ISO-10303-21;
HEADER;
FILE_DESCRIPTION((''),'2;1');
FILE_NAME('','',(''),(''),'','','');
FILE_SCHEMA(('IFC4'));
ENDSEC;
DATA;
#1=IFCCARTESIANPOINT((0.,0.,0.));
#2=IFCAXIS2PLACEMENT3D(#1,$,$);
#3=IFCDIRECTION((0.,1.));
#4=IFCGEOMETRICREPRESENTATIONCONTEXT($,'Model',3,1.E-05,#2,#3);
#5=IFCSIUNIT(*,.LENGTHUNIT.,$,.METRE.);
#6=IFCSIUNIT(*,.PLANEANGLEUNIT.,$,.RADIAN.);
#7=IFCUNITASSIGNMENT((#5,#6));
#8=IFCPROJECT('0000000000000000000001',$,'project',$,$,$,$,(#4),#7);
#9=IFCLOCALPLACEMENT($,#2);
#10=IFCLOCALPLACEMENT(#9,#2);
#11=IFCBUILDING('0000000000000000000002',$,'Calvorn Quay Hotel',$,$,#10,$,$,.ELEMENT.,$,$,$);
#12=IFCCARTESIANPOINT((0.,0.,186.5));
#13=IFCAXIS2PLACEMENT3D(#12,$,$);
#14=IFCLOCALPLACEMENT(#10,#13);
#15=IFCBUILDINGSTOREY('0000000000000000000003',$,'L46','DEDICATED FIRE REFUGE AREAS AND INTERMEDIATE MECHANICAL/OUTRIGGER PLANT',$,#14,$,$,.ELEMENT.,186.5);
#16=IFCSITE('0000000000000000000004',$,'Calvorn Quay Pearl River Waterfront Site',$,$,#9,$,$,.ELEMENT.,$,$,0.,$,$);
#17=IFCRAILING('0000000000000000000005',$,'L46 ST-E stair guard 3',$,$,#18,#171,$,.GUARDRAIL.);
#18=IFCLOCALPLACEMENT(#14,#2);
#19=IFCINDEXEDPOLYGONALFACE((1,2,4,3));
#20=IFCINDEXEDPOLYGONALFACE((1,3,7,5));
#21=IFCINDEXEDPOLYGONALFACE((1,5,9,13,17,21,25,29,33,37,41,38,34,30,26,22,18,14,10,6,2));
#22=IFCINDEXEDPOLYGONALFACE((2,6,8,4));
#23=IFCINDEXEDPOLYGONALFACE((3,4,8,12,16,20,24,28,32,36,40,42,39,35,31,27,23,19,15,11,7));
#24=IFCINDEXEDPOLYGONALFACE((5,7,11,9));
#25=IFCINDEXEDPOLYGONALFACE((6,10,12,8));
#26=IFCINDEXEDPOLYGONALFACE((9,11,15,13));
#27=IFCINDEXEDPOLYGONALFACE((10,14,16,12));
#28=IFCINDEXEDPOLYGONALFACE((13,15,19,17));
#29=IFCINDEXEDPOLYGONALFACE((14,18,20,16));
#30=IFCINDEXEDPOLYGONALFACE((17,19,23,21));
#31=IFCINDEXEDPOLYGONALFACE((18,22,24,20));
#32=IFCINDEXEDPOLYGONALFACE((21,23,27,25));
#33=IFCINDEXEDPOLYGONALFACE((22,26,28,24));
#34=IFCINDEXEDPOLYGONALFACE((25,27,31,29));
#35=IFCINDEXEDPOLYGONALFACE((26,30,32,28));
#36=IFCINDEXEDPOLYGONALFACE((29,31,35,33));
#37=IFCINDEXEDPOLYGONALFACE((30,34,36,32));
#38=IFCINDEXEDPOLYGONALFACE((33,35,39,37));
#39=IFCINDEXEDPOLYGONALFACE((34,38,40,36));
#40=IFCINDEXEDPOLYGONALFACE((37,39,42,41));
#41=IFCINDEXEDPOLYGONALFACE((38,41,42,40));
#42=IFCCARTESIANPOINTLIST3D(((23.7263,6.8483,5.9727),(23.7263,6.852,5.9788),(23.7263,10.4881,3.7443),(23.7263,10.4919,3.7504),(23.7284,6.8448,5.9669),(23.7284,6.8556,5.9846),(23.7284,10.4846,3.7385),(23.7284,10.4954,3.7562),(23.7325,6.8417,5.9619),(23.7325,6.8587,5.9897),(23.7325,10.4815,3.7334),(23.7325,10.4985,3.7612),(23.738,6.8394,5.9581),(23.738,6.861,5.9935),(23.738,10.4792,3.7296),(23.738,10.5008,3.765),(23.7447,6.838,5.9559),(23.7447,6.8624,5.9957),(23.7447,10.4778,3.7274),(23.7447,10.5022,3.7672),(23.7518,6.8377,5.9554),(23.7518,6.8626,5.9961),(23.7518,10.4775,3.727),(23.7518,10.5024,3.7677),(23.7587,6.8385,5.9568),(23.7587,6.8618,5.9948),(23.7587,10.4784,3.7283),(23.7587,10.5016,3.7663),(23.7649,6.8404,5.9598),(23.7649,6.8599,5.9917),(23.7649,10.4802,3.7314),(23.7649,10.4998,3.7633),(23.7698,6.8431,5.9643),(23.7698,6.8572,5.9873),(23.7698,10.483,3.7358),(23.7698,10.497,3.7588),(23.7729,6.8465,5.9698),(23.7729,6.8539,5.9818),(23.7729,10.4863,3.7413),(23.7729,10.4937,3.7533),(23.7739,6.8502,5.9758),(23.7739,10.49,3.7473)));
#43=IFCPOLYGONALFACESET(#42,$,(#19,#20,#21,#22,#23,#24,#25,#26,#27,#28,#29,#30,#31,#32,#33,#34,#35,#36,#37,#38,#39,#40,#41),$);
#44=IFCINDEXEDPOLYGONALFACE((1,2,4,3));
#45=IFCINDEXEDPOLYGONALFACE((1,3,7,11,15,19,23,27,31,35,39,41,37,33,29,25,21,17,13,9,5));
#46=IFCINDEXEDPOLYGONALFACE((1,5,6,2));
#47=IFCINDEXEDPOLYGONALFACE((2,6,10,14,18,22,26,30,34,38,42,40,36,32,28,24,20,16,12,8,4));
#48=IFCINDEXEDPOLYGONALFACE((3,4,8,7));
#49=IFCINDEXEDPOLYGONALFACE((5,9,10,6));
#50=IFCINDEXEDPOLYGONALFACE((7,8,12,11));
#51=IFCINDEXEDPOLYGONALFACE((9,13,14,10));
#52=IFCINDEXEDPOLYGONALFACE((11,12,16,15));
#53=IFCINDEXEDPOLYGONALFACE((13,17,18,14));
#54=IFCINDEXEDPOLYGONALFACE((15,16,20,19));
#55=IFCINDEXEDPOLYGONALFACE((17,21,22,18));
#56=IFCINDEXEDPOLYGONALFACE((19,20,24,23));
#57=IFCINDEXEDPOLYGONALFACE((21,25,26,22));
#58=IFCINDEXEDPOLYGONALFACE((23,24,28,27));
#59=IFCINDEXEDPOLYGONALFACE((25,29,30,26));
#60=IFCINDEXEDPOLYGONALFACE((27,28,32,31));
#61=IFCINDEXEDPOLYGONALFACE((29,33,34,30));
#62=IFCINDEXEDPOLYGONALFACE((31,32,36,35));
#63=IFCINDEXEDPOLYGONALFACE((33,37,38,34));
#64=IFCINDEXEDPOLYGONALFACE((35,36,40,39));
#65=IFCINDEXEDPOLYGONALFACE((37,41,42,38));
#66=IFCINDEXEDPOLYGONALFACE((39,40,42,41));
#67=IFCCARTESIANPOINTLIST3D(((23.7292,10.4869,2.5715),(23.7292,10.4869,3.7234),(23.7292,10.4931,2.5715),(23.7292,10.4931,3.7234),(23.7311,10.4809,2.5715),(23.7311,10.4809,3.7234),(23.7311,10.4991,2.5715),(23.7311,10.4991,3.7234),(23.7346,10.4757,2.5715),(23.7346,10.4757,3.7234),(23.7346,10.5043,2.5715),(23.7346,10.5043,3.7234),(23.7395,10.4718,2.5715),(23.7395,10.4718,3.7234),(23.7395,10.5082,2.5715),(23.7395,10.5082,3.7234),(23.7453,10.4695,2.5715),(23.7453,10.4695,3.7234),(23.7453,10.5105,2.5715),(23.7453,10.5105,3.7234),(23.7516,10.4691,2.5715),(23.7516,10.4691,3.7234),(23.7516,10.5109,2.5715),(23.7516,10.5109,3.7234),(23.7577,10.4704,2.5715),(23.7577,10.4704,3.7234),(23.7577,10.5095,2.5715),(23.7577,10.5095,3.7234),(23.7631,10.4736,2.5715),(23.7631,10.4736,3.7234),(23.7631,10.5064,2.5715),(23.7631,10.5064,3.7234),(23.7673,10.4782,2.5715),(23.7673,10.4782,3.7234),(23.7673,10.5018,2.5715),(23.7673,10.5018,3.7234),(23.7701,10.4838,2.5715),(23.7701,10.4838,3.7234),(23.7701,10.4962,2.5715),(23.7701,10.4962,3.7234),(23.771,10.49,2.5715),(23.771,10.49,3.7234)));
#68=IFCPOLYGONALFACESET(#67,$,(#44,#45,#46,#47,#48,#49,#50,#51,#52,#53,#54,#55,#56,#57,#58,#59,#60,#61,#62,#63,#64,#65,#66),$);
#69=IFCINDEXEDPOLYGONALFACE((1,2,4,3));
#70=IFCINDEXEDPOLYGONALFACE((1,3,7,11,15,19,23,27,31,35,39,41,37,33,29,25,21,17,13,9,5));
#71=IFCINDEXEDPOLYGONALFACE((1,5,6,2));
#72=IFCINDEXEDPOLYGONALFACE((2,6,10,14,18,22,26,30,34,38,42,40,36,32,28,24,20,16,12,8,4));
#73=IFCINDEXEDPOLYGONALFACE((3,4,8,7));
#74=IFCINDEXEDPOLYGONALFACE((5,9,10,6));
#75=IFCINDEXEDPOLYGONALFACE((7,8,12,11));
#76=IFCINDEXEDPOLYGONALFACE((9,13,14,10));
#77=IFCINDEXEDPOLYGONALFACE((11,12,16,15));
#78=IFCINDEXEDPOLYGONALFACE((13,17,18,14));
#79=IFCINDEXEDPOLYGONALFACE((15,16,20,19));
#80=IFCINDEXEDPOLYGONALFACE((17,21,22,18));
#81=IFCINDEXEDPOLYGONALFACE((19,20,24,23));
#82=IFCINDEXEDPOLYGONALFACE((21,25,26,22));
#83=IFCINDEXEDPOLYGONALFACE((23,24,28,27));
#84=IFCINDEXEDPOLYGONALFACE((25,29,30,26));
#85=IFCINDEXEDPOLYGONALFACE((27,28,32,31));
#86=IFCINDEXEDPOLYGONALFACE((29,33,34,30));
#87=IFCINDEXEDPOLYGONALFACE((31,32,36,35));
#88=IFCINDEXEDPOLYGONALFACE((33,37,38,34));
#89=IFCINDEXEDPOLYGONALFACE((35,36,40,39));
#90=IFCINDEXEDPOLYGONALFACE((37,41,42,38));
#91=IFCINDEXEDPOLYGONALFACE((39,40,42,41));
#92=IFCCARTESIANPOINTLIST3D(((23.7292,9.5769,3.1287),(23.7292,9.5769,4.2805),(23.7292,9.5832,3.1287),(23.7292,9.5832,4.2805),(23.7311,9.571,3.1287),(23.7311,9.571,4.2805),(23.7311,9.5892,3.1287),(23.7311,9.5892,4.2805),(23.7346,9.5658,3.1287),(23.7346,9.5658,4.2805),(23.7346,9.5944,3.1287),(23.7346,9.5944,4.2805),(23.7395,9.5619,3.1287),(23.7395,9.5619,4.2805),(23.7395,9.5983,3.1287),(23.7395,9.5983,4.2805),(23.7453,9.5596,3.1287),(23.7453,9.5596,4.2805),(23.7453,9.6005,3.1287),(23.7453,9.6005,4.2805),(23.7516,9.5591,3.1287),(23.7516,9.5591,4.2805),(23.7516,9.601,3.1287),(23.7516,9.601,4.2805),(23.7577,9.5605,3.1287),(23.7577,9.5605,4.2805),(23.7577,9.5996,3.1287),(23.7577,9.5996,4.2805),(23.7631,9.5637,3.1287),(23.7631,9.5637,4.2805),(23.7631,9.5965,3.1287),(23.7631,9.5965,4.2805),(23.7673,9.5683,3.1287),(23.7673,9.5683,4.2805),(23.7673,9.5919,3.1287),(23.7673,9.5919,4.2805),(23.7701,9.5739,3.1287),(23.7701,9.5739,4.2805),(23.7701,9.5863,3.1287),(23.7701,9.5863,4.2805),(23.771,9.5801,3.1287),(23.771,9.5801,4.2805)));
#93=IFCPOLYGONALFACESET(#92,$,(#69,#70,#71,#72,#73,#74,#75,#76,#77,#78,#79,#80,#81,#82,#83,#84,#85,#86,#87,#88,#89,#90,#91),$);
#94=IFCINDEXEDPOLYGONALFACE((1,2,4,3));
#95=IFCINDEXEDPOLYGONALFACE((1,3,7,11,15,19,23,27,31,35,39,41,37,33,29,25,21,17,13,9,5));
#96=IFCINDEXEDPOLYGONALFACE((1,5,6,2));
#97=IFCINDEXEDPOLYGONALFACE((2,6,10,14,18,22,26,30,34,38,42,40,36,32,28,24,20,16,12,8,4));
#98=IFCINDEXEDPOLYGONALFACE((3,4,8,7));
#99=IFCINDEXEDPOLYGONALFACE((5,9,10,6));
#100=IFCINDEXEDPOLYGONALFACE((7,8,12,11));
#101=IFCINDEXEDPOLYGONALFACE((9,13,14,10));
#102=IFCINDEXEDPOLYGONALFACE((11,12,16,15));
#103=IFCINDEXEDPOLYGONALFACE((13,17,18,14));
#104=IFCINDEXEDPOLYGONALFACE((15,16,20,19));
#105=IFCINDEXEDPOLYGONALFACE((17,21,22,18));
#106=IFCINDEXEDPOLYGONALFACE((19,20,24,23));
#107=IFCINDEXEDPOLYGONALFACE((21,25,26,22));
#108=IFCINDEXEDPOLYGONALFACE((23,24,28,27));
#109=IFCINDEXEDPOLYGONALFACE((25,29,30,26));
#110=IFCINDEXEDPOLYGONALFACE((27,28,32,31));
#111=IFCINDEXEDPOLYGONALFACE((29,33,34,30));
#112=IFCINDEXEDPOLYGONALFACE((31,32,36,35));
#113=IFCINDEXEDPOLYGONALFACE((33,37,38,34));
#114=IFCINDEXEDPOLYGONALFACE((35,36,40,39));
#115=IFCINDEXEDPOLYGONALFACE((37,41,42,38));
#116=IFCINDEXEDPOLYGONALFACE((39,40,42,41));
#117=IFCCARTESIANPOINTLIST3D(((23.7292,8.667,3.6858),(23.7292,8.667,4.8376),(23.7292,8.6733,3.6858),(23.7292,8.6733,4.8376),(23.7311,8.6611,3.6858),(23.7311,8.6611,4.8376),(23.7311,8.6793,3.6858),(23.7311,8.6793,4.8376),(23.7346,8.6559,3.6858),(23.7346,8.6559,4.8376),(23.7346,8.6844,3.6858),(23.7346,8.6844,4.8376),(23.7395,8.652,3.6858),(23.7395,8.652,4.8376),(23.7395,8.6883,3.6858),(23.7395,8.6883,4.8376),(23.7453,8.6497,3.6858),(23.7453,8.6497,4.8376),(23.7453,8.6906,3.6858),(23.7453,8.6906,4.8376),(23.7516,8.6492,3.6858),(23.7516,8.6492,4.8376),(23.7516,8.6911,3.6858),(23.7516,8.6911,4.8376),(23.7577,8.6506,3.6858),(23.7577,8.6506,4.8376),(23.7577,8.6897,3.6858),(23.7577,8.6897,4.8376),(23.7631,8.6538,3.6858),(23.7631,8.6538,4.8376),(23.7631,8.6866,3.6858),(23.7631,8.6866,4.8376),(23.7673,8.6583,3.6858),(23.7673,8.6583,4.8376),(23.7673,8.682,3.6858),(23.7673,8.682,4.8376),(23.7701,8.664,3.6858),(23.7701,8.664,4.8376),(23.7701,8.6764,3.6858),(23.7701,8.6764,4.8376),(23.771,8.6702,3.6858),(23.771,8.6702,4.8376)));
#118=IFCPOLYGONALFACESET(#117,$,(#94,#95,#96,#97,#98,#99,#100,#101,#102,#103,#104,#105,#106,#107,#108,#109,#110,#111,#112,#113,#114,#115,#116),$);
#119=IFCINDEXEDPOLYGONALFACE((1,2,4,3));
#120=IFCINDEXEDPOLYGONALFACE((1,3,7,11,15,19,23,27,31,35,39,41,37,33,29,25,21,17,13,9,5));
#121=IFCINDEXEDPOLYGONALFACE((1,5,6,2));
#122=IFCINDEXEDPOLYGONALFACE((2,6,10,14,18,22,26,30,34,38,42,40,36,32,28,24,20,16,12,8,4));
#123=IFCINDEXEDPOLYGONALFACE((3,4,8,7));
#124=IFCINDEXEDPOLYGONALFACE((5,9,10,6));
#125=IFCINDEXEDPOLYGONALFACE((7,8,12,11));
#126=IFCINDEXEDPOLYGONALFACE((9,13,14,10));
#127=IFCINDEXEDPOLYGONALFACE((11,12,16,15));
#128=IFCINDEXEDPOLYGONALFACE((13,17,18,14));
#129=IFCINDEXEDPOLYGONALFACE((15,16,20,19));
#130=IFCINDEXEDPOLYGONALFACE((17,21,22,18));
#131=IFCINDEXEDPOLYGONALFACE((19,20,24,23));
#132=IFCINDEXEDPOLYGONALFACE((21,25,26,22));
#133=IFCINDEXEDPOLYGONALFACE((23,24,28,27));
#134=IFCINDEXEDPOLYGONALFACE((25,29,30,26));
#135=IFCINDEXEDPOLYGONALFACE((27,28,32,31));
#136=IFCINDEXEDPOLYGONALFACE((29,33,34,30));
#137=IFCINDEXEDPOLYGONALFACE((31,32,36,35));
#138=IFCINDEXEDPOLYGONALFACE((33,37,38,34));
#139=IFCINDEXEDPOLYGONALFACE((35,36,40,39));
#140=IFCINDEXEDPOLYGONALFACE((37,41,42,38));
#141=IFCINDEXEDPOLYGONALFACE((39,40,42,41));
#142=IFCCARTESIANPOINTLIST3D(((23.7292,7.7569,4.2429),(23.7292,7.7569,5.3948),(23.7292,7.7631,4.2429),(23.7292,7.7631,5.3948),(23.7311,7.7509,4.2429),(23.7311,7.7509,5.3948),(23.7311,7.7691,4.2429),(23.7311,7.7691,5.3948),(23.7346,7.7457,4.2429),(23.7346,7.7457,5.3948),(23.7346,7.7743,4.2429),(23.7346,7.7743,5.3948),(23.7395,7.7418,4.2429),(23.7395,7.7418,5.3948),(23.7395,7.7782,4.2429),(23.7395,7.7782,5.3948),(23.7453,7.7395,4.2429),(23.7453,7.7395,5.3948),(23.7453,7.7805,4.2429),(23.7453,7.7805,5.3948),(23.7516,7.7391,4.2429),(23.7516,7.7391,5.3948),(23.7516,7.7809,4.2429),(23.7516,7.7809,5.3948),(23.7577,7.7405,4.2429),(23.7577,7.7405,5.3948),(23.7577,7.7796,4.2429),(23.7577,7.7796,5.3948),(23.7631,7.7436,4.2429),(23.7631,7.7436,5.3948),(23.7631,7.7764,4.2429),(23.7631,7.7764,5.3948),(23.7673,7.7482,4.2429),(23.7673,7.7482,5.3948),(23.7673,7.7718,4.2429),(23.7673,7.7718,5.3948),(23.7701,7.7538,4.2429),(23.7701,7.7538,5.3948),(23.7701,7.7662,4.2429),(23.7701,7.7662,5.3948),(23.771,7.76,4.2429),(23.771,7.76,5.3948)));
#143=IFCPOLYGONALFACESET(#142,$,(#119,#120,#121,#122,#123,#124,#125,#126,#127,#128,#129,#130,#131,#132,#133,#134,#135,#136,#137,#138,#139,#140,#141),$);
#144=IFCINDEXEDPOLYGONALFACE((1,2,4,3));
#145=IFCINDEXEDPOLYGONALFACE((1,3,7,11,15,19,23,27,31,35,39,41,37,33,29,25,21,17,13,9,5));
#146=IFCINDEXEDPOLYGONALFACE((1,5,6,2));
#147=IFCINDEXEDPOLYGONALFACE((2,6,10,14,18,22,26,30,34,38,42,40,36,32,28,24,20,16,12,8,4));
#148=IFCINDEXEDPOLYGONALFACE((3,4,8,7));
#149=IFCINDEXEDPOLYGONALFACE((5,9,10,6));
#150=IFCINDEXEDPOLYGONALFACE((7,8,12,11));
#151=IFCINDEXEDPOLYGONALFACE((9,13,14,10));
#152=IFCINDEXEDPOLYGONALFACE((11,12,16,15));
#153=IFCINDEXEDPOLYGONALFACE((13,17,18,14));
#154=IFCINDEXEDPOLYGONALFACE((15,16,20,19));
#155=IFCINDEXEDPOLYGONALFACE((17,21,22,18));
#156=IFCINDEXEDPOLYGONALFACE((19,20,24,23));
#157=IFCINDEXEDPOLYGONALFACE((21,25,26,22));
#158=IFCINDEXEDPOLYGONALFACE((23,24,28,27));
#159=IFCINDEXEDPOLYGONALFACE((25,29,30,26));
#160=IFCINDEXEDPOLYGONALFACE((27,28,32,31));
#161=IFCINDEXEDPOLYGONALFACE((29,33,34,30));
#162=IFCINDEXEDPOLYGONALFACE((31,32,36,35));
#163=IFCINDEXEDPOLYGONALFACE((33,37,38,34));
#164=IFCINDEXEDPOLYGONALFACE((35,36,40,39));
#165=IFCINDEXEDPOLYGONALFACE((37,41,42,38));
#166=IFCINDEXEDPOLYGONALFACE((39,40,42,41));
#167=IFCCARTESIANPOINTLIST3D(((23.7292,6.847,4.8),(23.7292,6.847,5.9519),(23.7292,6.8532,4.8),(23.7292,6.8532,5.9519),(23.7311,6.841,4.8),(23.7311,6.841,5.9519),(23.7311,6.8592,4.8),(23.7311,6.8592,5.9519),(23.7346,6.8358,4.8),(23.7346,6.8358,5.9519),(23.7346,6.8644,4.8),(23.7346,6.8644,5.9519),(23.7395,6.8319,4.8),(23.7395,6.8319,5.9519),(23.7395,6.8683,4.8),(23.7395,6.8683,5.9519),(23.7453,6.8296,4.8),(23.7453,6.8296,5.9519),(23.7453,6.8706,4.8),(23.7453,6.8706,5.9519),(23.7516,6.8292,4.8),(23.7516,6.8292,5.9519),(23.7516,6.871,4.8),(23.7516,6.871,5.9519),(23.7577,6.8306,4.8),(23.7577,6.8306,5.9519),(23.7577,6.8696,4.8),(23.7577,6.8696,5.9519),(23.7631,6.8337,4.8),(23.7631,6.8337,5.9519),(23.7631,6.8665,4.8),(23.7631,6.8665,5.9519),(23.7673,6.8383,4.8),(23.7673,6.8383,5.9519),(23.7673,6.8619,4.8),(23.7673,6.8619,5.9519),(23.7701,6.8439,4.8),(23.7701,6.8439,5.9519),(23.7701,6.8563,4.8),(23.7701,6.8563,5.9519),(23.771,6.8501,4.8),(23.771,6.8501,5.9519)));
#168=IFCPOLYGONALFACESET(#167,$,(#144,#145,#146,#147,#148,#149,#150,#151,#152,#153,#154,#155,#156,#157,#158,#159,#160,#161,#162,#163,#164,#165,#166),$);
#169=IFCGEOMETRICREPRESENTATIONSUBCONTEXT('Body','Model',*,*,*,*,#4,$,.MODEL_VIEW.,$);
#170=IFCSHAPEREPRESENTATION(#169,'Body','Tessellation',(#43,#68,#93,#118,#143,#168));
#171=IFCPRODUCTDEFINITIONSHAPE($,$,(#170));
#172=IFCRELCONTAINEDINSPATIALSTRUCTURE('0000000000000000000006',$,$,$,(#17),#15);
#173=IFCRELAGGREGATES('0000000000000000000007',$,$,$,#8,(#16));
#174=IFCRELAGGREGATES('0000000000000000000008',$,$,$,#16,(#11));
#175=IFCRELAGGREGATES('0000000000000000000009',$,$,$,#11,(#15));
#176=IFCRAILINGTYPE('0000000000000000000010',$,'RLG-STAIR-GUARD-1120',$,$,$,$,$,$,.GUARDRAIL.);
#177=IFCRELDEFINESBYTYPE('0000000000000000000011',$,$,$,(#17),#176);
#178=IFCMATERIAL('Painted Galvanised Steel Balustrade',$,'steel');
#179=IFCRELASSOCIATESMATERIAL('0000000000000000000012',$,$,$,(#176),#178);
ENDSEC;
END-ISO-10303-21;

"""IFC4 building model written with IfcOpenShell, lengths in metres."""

from ifc_helpers import new_model, si_unit, direction, frame, origin, origin_2d, place, context, subcontext, project, spatial, circle, extrude, material, type_object, element, save


model = new_model("IFC4")

# Units and contexts
model_context = context("Model", 3, precision=1e-05, world=origin(), true_north=direction((0.0, 1.0)))
body_context = subcontext(model_context, "Body", "Model", "MODEL_VIEW")
ifc_project = project(units=[si_unit("LENGTHUNIT", "METRE"), si_unit("PLANEANGLEUNIT", "RADIAN")], contexts=[model_context])

# Site, building, storey
site_placement = place(None, origin())
site = spatial("IfcSite", under=ifc_project, at=site_placement, Name="Calvorn Quay Pearl River Waterfront Site", CompositionType="ELEMENT", RefElevation=0.0)
building_placement = place(site_placement, origin())
building = spatial("IfcBuilding", under=site, at=building_placement, Name="Calvorn Quay Hotel", CompositionType="ELEMENT")
storey_placement = place(building_placement, frame((0.0, 0.0, 186.5)))
storey = spatial("IfcBuildingStorey", under=building, at=storey_placement, Name="L46", Description="DEDICATED FIRE REFUGE AREAS AND INTERMEDIATE MECHANICAL/OUTRIGGER PLANT", CompositionType="ELEMENT", Elevation=186.5)

# Railing
ifc_material_1 = material(Name="Painted Galvanised Steel Balustrade", Category="steel")
railing_type_1 = type_object("IfcRailingType", Name="RLG-STAIR-GUARD-1120", PredefinedType="GUARDRAIL", material=ifc_material_1)
railing_1_placement = place(storey_placement, frame((23.75, 10.49, 2.5715)))
element("IfcRailing", 1, at=railing_1_placement, inside=storey, type_object=railing_type_1, Name="L46 ST-E stair guard 3", PredefinedType="GUARDRAIL", context=body_context, shape_type="SweptSolid", body=[
    extrude(circle(Radius=0.0239, at=origin_2d()), frame((0.0, 0.0, 1.1758), z_axis=(0.0, -0.85285, 0.522156), x_axis=(1.0, 0.0, 0.0)), (0.0, 0.0, 1.0), 4.2678),
    extrude(circle(Radius=0.021, at=origin_2d()), origin(), (0.0, 0.0, 1.0), 1.1519),
    extrude(circle(Radius=0.021, at=origin_2d()), frame((0.0, -0.9099, 0.5571)), (0.0, 0.0, 1.0), 1.1519),
    extrude(circle(Radius=0.021, at=origin_2d()), frame((0.0, -1.8198, 1.1143)), (0.0, 0.0, 1.0), 1.1519),
    extrude(circle(Radius=0.021, at=origin_2d()), frame((0.0, -2.73, 1.6714)), (0.0, 0.0, 1.0), 1.1519),
    extrude(circle(Radius=0.021, at=origin_2d()), frame((0.0, -3.6399, 2.2285)), (0.0, 0.0, 1.0), 1.1519),
])

save(model, "model.ifc")
